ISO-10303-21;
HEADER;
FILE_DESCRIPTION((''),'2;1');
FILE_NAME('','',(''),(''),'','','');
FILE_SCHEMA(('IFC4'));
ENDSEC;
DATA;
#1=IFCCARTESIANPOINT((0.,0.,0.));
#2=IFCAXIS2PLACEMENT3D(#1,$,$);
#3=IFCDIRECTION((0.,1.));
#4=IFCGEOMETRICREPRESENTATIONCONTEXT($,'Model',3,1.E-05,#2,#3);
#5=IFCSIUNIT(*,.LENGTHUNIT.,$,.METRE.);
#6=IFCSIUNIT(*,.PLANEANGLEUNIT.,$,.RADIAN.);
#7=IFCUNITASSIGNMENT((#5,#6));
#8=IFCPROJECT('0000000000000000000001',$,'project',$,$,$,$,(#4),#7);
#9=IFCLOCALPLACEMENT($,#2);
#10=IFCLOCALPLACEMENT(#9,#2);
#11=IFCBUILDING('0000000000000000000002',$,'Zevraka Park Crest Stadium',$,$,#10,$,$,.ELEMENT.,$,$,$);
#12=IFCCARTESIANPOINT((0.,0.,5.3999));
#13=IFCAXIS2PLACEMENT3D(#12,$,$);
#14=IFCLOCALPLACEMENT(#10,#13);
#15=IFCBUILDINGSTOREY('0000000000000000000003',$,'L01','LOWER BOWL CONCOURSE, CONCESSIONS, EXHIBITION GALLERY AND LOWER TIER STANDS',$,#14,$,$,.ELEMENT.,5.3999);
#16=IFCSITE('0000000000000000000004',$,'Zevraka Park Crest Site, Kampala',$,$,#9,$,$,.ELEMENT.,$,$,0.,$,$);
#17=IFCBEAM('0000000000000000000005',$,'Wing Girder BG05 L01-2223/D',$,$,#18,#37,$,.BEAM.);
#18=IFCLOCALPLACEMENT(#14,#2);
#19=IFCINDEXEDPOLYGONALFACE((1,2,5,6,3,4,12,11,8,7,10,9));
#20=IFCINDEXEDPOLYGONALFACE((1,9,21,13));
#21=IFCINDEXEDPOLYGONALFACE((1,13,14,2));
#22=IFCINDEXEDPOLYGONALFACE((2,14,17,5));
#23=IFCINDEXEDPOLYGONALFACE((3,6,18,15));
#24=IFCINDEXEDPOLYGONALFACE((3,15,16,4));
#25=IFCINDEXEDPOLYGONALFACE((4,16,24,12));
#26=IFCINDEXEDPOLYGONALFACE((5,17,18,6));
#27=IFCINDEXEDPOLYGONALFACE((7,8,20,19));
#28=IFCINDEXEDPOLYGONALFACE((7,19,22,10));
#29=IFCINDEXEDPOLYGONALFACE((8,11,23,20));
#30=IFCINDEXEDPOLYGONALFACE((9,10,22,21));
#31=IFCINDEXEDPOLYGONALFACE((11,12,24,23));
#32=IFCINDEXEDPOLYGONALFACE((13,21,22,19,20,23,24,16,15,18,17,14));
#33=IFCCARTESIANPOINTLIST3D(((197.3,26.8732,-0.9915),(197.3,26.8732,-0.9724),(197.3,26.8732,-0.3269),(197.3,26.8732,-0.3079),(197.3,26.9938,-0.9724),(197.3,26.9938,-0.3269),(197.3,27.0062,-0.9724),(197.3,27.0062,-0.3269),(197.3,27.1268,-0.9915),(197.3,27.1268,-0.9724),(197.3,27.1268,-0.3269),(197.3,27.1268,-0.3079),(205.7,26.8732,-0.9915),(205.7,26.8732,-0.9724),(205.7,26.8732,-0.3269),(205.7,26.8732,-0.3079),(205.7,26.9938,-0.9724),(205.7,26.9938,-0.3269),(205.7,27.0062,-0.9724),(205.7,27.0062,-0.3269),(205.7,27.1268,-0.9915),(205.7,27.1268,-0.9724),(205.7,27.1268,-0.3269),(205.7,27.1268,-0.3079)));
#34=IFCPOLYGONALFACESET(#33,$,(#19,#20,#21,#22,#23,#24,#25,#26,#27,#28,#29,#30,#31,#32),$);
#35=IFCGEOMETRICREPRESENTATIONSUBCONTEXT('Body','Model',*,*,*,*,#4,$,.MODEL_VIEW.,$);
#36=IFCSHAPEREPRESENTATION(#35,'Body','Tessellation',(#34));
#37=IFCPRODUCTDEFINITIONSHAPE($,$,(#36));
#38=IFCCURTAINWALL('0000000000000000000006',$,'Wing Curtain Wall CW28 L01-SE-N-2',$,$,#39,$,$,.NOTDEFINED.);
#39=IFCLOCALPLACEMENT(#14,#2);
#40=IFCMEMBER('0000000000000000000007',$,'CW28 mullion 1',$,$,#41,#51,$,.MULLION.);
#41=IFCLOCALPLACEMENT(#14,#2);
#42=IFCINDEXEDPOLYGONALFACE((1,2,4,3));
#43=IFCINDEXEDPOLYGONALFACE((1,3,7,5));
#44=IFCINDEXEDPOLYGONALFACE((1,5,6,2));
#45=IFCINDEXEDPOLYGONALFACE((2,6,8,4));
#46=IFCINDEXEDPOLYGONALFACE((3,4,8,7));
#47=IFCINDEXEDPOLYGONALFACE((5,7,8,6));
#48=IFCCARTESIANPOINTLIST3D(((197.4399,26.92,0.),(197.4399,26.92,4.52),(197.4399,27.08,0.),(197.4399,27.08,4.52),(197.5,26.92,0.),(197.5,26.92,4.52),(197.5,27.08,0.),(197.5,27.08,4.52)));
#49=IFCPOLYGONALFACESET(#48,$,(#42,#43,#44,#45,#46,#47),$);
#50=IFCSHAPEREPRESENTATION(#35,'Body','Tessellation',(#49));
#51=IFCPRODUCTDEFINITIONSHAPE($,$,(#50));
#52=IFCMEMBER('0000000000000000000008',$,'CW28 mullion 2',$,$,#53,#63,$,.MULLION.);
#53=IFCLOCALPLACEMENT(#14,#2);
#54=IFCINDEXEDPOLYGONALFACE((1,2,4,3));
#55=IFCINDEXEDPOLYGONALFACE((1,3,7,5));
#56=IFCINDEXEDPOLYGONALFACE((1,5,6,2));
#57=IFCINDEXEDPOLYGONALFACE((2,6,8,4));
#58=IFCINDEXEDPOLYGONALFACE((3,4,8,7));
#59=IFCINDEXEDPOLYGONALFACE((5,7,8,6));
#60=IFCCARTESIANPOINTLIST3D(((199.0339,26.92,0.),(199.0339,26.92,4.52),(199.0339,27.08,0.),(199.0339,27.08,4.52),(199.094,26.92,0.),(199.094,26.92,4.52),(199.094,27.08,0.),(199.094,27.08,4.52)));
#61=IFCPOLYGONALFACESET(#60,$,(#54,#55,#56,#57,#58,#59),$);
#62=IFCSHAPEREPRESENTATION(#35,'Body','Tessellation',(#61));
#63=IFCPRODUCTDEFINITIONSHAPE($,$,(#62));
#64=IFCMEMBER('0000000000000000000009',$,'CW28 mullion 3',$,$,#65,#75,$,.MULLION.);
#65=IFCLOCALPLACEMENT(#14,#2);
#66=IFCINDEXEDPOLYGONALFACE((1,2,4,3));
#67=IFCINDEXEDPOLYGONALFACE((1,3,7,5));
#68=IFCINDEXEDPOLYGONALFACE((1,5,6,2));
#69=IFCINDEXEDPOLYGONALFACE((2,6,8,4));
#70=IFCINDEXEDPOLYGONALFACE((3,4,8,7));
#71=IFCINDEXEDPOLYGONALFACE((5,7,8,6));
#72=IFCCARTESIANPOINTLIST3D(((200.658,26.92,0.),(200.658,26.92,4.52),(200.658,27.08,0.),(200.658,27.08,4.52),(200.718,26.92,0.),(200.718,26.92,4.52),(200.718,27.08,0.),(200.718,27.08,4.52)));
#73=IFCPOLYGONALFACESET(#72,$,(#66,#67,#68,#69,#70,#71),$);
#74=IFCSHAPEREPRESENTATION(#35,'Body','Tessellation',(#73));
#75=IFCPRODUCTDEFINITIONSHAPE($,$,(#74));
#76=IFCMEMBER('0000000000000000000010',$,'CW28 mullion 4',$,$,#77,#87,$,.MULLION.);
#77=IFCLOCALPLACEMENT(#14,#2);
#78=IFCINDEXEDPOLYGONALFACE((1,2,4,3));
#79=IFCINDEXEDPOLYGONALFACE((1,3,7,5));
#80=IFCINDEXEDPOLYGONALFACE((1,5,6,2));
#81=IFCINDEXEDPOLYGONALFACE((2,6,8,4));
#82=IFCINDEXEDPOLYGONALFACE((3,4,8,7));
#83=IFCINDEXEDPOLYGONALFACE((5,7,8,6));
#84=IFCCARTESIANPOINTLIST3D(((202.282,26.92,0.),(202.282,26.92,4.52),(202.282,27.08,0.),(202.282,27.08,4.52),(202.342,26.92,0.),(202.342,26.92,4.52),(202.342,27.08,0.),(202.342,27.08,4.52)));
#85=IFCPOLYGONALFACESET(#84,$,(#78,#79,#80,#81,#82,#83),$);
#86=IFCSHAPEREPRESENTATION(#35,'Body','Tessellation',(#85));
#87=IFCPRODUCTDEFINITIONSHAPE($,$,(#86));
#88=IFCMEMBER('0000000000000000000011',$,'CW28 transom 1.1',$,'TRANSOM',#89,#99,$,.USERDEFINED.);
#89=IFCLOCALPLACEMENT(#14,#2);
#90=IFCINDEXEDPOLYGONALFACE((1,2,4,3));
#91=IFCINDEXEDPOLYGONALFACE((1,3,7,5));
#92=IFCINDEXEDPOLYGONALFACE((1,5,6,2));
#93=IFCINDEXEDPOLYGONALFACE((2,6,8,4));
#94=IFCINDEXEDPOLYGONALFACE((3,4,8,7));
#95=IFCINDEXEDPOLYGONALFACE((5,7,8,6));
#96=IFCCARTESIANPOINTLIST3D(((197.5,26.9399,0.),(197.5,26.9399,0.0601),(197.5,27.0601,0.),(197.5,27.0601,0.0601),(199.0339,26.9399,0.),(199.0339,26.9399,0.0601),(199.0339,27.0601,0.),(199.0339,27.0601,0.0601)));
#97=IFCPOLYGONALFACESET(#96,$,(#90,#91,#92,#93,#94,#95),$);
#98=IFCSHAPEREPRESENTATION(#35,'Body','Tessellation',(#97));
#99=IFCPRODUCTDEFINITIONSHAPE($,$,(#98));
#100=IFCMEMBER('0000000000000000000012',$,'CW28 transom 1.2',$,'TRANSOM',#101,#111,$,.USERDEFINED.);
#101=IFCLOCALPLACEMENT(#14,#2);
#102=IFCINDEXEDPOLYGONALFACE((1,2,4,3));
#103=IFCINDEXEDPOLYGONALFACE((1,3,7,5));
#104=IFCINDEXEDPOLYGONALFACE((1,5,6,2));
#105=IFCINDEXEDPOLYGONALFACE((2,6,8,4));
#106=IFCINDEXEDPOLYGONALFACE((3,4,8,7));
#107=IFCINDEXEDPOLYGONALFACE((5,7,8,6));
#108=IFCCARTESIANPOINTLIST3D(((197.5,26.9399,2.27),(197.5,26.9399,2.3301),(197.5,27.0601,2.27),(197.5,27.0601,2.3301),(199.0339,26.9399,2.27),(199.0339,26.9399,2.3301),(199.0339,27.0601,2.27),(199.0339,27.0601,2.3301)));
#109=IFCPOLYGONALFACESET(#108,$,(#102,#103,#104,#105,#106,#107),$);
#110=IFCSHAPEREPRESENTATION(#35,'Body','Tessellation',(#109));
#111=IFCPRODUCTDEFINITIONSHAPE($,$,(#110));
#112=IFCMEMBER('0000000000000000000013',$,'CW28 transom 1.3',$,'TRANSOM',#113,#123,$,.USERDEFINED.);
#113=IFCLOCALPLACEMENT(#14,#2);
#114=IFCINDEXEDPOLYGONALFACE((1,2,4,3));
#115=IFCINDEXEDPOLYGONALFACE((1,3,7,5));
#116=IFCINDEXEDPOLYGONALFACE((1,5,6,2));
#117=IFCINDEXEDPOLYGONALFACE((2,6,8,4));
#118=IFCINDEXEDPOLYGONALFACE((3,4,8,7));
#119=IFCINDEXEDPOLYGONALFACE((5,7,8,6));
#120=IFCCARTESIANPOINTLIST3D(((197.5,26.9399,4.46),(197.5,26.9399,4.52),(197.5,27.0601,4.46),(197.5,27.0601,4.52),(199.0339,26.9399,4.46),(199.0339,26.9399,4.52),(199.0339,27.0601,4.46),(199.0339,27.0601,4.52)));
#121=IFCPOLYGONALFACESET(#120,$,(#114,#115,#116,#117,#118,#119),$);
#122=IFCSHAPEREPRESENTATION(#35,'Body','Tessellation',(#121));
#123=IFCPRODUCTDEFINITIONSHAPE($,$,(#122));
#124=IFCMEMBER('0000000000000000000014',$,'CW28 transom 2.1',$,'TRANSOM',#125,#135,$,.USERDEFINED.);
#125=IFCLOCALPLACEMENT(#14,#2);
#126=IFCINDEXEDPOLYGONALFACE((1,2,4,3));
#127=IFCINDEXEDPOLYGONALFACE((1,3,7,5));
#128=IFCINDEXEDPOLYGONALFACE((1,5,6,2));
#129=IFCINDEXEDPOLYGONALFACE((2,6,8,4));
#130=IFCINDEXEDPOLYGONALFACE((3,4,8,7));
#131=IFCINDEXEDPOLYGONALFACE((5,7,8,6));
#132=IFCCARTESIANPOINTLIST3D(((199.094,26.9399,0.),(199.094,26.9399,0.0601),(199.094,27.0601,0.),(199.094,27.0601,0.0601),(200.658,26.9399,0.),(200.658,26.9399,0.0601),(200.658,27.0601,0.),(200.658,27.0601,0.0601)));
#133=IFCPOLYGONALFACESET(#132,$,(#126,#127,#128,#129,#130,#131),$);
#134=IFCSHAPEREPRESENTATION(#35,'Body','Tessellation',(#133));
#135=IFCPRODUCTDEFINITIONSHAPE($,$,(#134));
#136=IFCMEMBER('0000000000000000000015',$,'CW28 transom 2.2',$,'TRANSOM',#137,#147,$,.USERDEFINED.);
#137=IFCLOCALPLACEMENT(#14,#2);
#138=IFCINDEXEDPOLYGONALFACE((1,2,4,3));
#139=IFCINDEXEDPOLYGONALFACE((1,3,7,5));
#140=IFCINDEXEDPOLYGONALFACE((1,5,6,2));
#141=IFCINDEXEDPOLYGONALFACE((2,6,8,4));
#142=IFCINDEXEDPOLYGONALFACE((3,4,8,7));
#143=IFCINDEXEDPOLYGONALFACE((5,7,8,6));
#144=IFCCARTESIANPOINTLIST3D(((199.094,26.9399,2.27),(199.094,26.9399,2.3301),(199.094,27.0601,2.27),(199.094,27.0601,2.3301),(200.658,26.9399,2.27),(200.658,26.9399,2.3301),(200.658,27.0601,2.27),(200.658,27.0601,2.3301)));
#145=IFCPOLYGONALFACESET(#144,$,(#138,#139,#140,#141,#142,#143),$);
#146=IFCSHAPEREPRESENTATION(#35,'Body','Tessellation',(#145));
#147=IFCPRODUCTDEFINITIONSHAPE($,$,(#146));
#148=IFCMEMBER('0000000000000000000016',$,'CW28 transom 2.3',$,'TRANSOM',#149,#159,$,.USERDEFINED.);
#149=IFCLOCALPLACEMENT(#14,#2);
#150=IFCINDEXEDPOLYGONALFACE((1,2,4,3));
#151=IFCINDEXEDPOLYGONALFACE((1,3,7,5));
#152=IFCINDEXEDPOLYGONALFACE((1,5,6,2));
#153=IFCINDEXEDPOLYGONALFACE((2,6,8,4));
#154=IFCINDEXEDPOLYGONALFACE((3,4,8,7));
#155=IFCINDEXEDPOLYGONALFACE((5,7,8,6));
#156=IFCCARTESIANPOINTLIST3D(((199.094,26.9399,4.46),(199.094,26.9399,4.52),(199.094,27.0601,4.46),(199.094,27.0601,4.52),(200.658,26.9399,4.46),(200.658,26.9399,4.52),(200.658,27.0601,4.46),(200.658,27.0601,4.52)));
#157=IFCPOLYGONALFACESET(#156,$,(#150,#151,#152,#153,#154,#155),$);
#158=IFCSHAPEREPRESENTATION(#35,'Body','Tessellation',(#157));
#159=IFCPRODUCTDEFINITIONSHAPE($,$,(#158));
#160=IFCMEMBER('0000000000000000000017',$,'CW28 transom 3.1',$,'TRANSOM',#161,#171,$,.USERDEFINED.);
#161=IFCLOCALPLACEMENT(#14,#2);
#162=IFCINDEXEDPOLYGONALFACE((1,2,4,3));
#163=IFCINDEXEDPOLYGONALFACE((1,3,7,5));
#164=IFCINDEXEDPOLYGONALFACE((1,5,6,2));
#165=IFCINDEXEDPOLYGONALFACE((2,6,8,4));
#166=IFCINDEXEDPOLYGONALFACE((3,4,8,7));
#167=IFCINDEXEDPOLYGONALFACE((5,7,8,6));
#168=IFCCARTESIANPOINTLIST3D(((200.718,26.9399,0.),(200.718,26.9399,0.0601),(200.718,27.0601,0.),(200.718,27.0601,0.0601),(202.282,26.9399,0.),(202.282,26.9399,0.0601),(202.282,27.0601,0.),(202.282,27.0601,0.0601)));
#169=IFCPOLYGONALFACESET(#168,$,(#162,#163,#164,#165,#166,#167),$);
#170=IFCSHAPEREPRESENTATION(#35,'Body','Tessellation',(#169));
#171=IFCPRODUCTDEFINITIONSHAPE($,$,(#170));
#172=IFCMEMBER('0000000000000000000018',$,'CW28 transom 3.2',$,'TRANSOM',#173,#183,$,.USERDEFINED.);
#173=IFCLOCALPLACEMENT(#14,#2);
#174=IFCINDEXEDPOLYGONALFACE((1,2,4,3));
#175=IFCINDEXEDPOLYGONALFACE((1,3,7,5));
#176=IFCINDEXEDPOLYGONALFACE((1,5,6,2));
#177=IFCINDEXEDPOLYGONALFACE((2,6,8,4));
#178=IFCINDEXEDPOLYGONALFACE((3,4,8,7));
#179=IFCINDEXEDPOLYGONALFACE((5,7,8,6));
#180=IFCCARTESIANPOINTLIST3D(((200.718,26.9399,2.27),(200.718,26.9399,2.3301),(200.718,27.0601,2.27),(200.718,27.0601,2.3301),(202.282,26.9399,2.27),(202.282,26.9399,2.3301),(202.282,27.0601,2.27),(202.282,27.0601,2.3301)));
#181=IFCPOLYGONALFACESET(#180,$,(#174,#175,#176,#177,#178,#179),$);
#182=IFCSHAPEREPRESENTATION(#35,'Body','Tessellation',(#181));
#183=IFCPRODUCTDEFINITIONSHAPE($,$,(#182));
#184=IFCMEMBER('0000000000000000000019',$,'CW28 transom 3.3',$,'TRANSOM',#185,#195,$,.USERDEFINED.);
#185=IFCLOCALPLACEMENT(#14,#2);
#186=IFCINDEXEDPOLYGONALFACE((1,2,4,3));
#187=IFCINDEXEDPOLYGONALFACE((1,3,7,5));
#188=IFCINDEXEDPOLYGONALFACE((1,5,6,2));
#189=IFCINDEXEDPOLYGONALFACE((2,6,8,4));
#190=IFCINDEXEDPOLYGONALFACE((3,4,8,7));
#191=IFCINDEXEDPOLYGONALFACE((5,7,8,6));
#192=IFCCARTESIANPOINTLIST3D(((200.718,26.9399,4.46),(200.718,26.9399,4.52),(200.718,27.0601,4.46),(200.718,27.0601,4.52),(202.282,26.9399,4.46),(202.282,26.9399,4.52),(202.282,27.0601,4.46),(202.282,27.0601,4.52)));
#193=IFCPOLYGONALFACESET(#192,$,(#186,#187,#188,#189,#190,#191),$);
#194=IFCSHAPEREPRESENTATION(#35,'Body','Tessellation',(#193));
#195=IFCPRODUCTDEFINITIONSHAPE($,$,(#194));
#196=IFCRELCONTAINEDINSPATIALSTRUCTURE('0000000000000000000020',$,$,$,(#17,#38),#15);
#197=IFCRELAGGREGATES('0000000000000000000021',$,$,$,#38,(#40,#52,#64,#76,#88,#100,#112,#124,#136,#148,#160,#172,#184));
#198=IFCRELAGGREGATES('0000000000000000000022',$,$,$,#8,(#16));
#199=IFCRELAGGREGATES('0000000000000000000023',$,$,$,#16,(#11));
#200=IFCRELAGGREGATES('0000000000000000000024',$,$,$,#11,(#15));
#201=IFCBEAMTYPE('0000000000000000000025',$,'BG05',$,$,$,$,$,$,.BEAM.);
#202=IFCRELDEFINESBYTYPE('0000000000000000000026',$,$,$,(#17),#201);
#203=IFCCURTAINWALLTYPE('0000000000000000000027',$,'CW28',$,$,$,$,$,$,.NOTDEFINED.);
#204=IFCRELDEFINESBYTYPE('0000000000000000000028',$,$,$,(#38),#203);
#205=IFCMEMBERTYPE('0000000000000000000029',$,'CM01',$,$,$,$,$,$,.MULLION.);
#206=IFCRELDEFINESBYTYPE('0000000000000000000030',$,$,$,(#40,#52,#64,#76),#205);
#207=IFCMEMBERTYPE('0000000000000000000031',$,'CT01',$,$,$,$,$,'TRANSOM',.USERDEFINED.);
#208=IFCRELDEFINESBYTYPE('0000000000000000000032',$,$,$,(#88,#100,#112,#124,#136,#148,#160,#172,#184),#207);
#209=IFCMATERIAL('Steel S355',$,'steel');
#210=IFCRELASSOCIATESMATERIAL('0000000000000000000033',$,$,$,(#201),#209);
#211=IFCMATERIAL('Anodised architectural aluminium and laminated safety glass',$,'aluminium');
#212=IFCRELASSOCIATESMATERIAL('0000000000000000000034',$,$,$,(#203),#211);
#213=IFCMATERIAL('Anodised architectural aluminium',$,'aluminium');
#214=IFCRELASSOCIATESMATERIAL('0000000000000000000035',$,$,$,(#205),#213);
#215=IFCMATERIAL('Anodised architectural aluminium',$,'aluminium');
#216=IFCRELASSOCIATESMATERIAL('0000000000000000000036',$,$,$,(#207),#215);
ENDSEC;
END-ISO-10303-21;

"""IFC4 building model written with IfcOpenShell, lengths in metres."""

from ifc_helpers import new_model, si_unit, direction, frame, origin, origin_2d, place, context, subcontext, project, spatial, rectangle, i_section, extrude, material, material_profile, profile_set, type_object, element, aggregate, save


model = new_model("IFC4")

# Units and contexts
model_context = context("Model", 3, precision=1e-05, world=origin(), true_north=direction((0.0, 1.0)))
body_context = subcontext(model_context, "Body", "Model", "MODEL_VIEW")
ifc_project = project(units=[si_unit("LENGTHUNIT", "METRE"), si_unit("PLANEANGLEUNIT", "RADIAN")], contexts=[model_context])

# Site, building, storey
site_placement = place(None, origin())
site = spatial("IfcSite", under=ifc_project, at=site_placement, Name="Zevraka Park Crest Site, Kampala", CompositionType="ELEMENT", RefElevation=0.0)
building_placement = place(site_placement, origin())
building = spatial("IfcBuilding", under=site, at=building_placement, Name="Zevraka Park Crest Stadium", CompositionType="ELEMENT")
storey_placement = place(building_placement, frame((0.0, 0.0, 5.3999)))
storey = spatial("IfcBuildingStorey", under=building, at=storey_placement, Name="L01", Description="LOWER BOWL CONCOURSE, CONCESSIONS, EXHIBITION GALLERY AND LOWER TIER STANDS", CompositionType="ELEMENT", Elevation=5.3999)

# Beam
ifc_material_1 = material(Name="Steel S355", Category="steel")
ifc_material_profile_1 = material_profile(ifc_material_1, i_section(OverallWidth=0.2537, OverallDepth=0.6836, WebThickness=0.0125, FlangeThickness=0.019, at=origin_2d()), Name="UKB 686x254x140")
ifc_profile_set_1 = profile_set([ifc_material_profile_1], Name="Steel S355")
beam_type = type_object("IfcBeamType", Name="BG05", PredefinedType="BEAM", material=ifc_profile_set_1)
beam_placement = place(storey_placement, frame((197.3, 27.0, -0.6497), z_axis=(1.0, 0.0, 0.0), x_axis=(0.0, 1.0, 0.0)))
element("IfcBeam", 1, at=beam_placement, inside=storey, type_object=beam_type, Name="Wing Girder BG05 L01-2223/D", PredefinedType="BEAM", context=body_context, shape_type="SweptSolid", body=[
    extrude(i_section(OverallWidth=0.2537, OverallDepth=0.6836, WebThickness=0.0125, FlangeThickness=0.019, at=origin_2d()), origin(), (0.0, 0.0, 1.0), 8.3999),
])

# Curtain wall, members
ifc_material_2 = material(Name="Anodised architectural aluminium and laminated safety glass", Category="aluminium")
curtain_wall_type = type_object("IfcCurtainWallType", Name="CW28", PredefinedType="NOTDEFINED", material=ifc_material_2)
curtain_wall_placement = place(storey_placement, origin())
curtain_wall = element("IfcCurtainWall", 2, at=curtain_wall_placement, inside=storey, type_object=curtain_wall_type, Name="Wing Curtain Wall CW28 L01-SE-N-2", PredefinedType="NOTDEFINED")
ifc_material_3 = material(Name="Anodised architectural aluminium", Category="aluminium")
ifc_material_profile_2 = material_profile(ifc_material_3, rectangle(XDim=0.1599, YDim=0.0601, at=origin_2d()), Name="ALU MULLION 160x60")
ifc_profile_set_2 = profile_set([ifc_material_profile_2], Name="Anodised architectural aluminium")
member_type_1 = type_object("IfcMemberType", Name="CM01", PredefinedType="MULLION", material=ifc_profile_set_2)
member_1_placement = place(storey_placement, frame((197.47, 27.0, 0.0), z_axis=(0.0, 0.0, 1.0), x_axis=(0.0, 1.0, 0.0)))
member_1 = element("IfcMember", 3, at=member_1_placement, type_object=member_type_1, Name="CW28 mullion 1", PredefinedType="MULLION", context=body_context, shape_type="SweptSolid", body=[
    extrude(rectangle(XDim=0.1599, YDim=0.0601, at=origin_2d()), origin(), (0.0, 0.0, 1.0), 4.52),
])
member_2_placement = place(storey_placement, frame((199.064, 27.0, 0.0), z_axis=(0.0, 0.0, 1.0), x_axis=(0.0, 1.0, 0.0)))
member_2 = element("IfcMember", 4, at=member_2_placement, type_object=member_type_1, Name="CW28 mullion 2", PredefinedType="MULLION", context=body_context, shape_type="SweptSolid", body=[
    extrude(rectangle(XDim=0.1599, YDim=0.0601, at=origin_2d()), origin(), (0.0, 0.0, 1.0), 4.52),
])
member_3_placement = place(storey_placement, frame((200.688, 27.0, 0.0), z_axis=(0.0, 0.0, 1.0), x_axis=(0.0, 1.0, 0.0)))
member_3 = element("IfcMember", 5, at=member_3_placement, type_object=member_type_1, Name="CW28 mullion 3", PredefinedType="MULLION", context=body_context, shape_type="SweptSolid", body=[
    extrude(rectangle(XDim=0.1599, YDim=0.0601, at=origin_2d()), origin(), (0.0, 0.0, 1.0), 4.52),
])
member_4_placement = place(storey_placement, frame((202.312, 27.0, 0.0), z_axis=(0.0, 0.0, 1.0), x_axis=(0.0, 1.0, 0.0)))
member_4 = element("IfcMember", 6, at=member_4_placement, type_object=member_type_1, Name="CW28 mullion 4", PredefinedType="MULLION", context=body_context, shape_type="SweptSolid", body=[
    extrude(rectangle(XDim=0.1599, YDim=0.0601, at=origin_2d()), origin(), (0.0, 0.0, 1.0), 4.52),
])
ifc_material_4 = material(Name="Anodised architectural aluminium", Category="aluminium")
ifc_material_profile_3 = material_profile(ifc_material_4, rectangle(XDim=0.1201, YDim=0.0601, at=origin_2d()), Name="ALU TRANSOM 120x60")
ifc_profile_set_3 = profile_set([ifc_material_profile_3], Name="Anodised architectural aluminium")
member_type_2 = type_object("IfcMemberType", Name="CT01", ElementType="TRANSOM", PredefinedType="USERDEFINED", material=ifc_profile_set_3)
member_5_placement = place(storey_placement, frame((197.5, 27.0, 0.03), z_axis=(1.0, 0.0, 0.0), x_axis=(0.0, 1.0, 0.0)))
member_5 = element("IfcMember", 7, at=member_5_placement, type_object=member_type_2, Name="CW28 transom 1.1", ObjectType="TRANSOM", PredefinedType="USERDEFINED", context=body_context, shape_type="SweptSolid", body=[
    extrude(rectangle(XDim=0.1201, YDim=0.0601, at=origin_2d()), origin(), (0.0, 0.0, 1.0), 1.5339),
])
member_6_placement = place(storey_placement, frame((197.5, 27.0, 2.3), z_axis=(1.0, 0.0, 0.0), x_axis=(0.0, 1.0, 0.0)))
member_6 = element("IfcMember", 8, at=member_6_placement, type_object=member_type_2, Name="CW28 transom 1.2", ObjectType="TRANSOM", PredefinedType="USERDEFINED", context=body_context, shape_type="SweptSolid", body=[
    extrude(rectangle(XDim=0.1201, YDim=0.0601, at=origin_2d()), origin(), (0.0, 0.0, 1.0), 1.5339),
])
member_7_placement = place(storey_placement, frame((197.5, 27.0, 4.49), z_axis=(1.0, 0.0, 0.0), x_axis=(0.0, 1.0, 0.0)))
member_7 = element("IfcMember", 9, at=member_7_placement, type_object=member_type_2, Name="CW28 transom 1.3", ObjectType="TRANSOM", PredefinedType="USERDEFINED", context=body_context, shape_type="SweptSolid", body=[
    extrude(rectangle(XDim=0.1201, YDim=0.0601, at=origin_2d()), origin(), (0.0, 0.0, 1.0), 1.5339),
])
member_8_placement = place(storey_placement, frame((199.094, 27.0, 0.03), z_axis=(1.0, 0.0, 0.0), x_axis=(0.0, 1.0, 0.0)))
member_8 = element("IfcMember", 10, at=member_8_placement, type_object=member_type_2, Name="CW28 transom 2.1", ObjectType="TRANSOM", PredefinedType="USERDEFINED", context=body_context, shape_type="SweptSolid", body=[
    extrude(rectangle(XDim=0.1201, YDim=0.0601, at=origin_2d()), origin(), (0.0, 0.0, 1.0), 1.564),
])
member_9_placement = place(storey_placement, frame((199.094, 27.0, 2.3), z_axis=(1.0, 0.0, 0.0), x_axis=(0.0, 1.0, 0.0)))
member_9 = element("IfcMember", 11, at=member_9_placement, type_object=member_type_2, Name="CW28 transom 2.2", ObjectType="TRANSOM", PredefinedType="USERDEFINED", context=body_context, shape_type="SweptSolid", body=[
    extrude(rectangle(XDim=0.1201, YDim=0.0601, at=origin_2d()), origin(), (0.0, 0.0, 1.0), 1.564),
])
member_10_placement = place(storey_placement, frame((199.094, 27.0, 4.49), z_axis=(1.0, 0.0, 0.0), x_axis=(0.0, 1.0, 0.0)))
member_10 = element("IfcMember", 12, at=member_10_placement, type_object=member_type_2, Name="CW28 transom 2.3", ObjectType="TRANSOM", PredefinedType="USERDEFINED", context=body_context, shape_type="SweptSolid", body=[
    extrude(rectangle(XDim=0.1201, YDim=0.0601, at=origin_2d()), origin(), (0.0, 0.0, 1.0), 1.564),
])
member_11_placement = place(storey_placement, frame((200.718, 27.0, 0.03), z_axis=(1.0, 0.0, 0.0), x_axis=(0.0, 1.0, 0.0)))
member_11 = element("IfcMember", 13, at=member_11_placement, type_object=member_type_2, Name="CW28 transom 3.1", ObjectType="TRANSOM", PredefinedType="USERDEFINED", context=body_context, shape_type="SweptSolid", body=[
    extrude(rectangle(XDim=0.1201, YDim=0.0601, at=origin_2d()), origin(), (0.0, 0.0, 1.0), 1.564),
])
member_12_placement = place(storey_placement, frame((200.718, 27.0, 2.3), z_axis=(1.0, 0.0, 0.0), x_axis=(0.0, 1.0, 0.0)))
member_12 = element("IfcMember", 14, at=member_12_placement, type_object=member_type_2, Name="CW28 transom 3.2", ObjectType="TRANSOM", PredefinedType="USERDEFINED", context=body_context, shape_type="SweptSolid", body=[
    extrude(rectangle(XDim=0.1201, YDim=0.0601, at=origin_2d()), origin(), (0.0, 0.0, 1.0), 1.564),
])
member_13_placement = place(storey_placement, frame((200.718, 27.0, 4.49), z_axis=(1.0, 0.0, 0.0), x_axis=(0.0, 1.0, 0.0)))
member_13 = element("IfcMember", 15, at=member_13_placement, type_object=member_type_2, Name="CW28 transom 3.3", ObjectType="TRANSOM", PredefinedType="USERDEFINED", context=body_context, shape_type="SweptSolid", body=[
    extrude(rectangle(XDim=0.1201, YDim=0.0601, at=origin_2d()), origin(), (0.0, 0.0, 1.0), 1.564),
])
aggregate(curtain_wall, [member_1, member_2, member_3, member_4, member_5, member_6, member_7, member_8, member_9, member_10, member_11, member_12, member_13])

save(model, "model.ifc")
